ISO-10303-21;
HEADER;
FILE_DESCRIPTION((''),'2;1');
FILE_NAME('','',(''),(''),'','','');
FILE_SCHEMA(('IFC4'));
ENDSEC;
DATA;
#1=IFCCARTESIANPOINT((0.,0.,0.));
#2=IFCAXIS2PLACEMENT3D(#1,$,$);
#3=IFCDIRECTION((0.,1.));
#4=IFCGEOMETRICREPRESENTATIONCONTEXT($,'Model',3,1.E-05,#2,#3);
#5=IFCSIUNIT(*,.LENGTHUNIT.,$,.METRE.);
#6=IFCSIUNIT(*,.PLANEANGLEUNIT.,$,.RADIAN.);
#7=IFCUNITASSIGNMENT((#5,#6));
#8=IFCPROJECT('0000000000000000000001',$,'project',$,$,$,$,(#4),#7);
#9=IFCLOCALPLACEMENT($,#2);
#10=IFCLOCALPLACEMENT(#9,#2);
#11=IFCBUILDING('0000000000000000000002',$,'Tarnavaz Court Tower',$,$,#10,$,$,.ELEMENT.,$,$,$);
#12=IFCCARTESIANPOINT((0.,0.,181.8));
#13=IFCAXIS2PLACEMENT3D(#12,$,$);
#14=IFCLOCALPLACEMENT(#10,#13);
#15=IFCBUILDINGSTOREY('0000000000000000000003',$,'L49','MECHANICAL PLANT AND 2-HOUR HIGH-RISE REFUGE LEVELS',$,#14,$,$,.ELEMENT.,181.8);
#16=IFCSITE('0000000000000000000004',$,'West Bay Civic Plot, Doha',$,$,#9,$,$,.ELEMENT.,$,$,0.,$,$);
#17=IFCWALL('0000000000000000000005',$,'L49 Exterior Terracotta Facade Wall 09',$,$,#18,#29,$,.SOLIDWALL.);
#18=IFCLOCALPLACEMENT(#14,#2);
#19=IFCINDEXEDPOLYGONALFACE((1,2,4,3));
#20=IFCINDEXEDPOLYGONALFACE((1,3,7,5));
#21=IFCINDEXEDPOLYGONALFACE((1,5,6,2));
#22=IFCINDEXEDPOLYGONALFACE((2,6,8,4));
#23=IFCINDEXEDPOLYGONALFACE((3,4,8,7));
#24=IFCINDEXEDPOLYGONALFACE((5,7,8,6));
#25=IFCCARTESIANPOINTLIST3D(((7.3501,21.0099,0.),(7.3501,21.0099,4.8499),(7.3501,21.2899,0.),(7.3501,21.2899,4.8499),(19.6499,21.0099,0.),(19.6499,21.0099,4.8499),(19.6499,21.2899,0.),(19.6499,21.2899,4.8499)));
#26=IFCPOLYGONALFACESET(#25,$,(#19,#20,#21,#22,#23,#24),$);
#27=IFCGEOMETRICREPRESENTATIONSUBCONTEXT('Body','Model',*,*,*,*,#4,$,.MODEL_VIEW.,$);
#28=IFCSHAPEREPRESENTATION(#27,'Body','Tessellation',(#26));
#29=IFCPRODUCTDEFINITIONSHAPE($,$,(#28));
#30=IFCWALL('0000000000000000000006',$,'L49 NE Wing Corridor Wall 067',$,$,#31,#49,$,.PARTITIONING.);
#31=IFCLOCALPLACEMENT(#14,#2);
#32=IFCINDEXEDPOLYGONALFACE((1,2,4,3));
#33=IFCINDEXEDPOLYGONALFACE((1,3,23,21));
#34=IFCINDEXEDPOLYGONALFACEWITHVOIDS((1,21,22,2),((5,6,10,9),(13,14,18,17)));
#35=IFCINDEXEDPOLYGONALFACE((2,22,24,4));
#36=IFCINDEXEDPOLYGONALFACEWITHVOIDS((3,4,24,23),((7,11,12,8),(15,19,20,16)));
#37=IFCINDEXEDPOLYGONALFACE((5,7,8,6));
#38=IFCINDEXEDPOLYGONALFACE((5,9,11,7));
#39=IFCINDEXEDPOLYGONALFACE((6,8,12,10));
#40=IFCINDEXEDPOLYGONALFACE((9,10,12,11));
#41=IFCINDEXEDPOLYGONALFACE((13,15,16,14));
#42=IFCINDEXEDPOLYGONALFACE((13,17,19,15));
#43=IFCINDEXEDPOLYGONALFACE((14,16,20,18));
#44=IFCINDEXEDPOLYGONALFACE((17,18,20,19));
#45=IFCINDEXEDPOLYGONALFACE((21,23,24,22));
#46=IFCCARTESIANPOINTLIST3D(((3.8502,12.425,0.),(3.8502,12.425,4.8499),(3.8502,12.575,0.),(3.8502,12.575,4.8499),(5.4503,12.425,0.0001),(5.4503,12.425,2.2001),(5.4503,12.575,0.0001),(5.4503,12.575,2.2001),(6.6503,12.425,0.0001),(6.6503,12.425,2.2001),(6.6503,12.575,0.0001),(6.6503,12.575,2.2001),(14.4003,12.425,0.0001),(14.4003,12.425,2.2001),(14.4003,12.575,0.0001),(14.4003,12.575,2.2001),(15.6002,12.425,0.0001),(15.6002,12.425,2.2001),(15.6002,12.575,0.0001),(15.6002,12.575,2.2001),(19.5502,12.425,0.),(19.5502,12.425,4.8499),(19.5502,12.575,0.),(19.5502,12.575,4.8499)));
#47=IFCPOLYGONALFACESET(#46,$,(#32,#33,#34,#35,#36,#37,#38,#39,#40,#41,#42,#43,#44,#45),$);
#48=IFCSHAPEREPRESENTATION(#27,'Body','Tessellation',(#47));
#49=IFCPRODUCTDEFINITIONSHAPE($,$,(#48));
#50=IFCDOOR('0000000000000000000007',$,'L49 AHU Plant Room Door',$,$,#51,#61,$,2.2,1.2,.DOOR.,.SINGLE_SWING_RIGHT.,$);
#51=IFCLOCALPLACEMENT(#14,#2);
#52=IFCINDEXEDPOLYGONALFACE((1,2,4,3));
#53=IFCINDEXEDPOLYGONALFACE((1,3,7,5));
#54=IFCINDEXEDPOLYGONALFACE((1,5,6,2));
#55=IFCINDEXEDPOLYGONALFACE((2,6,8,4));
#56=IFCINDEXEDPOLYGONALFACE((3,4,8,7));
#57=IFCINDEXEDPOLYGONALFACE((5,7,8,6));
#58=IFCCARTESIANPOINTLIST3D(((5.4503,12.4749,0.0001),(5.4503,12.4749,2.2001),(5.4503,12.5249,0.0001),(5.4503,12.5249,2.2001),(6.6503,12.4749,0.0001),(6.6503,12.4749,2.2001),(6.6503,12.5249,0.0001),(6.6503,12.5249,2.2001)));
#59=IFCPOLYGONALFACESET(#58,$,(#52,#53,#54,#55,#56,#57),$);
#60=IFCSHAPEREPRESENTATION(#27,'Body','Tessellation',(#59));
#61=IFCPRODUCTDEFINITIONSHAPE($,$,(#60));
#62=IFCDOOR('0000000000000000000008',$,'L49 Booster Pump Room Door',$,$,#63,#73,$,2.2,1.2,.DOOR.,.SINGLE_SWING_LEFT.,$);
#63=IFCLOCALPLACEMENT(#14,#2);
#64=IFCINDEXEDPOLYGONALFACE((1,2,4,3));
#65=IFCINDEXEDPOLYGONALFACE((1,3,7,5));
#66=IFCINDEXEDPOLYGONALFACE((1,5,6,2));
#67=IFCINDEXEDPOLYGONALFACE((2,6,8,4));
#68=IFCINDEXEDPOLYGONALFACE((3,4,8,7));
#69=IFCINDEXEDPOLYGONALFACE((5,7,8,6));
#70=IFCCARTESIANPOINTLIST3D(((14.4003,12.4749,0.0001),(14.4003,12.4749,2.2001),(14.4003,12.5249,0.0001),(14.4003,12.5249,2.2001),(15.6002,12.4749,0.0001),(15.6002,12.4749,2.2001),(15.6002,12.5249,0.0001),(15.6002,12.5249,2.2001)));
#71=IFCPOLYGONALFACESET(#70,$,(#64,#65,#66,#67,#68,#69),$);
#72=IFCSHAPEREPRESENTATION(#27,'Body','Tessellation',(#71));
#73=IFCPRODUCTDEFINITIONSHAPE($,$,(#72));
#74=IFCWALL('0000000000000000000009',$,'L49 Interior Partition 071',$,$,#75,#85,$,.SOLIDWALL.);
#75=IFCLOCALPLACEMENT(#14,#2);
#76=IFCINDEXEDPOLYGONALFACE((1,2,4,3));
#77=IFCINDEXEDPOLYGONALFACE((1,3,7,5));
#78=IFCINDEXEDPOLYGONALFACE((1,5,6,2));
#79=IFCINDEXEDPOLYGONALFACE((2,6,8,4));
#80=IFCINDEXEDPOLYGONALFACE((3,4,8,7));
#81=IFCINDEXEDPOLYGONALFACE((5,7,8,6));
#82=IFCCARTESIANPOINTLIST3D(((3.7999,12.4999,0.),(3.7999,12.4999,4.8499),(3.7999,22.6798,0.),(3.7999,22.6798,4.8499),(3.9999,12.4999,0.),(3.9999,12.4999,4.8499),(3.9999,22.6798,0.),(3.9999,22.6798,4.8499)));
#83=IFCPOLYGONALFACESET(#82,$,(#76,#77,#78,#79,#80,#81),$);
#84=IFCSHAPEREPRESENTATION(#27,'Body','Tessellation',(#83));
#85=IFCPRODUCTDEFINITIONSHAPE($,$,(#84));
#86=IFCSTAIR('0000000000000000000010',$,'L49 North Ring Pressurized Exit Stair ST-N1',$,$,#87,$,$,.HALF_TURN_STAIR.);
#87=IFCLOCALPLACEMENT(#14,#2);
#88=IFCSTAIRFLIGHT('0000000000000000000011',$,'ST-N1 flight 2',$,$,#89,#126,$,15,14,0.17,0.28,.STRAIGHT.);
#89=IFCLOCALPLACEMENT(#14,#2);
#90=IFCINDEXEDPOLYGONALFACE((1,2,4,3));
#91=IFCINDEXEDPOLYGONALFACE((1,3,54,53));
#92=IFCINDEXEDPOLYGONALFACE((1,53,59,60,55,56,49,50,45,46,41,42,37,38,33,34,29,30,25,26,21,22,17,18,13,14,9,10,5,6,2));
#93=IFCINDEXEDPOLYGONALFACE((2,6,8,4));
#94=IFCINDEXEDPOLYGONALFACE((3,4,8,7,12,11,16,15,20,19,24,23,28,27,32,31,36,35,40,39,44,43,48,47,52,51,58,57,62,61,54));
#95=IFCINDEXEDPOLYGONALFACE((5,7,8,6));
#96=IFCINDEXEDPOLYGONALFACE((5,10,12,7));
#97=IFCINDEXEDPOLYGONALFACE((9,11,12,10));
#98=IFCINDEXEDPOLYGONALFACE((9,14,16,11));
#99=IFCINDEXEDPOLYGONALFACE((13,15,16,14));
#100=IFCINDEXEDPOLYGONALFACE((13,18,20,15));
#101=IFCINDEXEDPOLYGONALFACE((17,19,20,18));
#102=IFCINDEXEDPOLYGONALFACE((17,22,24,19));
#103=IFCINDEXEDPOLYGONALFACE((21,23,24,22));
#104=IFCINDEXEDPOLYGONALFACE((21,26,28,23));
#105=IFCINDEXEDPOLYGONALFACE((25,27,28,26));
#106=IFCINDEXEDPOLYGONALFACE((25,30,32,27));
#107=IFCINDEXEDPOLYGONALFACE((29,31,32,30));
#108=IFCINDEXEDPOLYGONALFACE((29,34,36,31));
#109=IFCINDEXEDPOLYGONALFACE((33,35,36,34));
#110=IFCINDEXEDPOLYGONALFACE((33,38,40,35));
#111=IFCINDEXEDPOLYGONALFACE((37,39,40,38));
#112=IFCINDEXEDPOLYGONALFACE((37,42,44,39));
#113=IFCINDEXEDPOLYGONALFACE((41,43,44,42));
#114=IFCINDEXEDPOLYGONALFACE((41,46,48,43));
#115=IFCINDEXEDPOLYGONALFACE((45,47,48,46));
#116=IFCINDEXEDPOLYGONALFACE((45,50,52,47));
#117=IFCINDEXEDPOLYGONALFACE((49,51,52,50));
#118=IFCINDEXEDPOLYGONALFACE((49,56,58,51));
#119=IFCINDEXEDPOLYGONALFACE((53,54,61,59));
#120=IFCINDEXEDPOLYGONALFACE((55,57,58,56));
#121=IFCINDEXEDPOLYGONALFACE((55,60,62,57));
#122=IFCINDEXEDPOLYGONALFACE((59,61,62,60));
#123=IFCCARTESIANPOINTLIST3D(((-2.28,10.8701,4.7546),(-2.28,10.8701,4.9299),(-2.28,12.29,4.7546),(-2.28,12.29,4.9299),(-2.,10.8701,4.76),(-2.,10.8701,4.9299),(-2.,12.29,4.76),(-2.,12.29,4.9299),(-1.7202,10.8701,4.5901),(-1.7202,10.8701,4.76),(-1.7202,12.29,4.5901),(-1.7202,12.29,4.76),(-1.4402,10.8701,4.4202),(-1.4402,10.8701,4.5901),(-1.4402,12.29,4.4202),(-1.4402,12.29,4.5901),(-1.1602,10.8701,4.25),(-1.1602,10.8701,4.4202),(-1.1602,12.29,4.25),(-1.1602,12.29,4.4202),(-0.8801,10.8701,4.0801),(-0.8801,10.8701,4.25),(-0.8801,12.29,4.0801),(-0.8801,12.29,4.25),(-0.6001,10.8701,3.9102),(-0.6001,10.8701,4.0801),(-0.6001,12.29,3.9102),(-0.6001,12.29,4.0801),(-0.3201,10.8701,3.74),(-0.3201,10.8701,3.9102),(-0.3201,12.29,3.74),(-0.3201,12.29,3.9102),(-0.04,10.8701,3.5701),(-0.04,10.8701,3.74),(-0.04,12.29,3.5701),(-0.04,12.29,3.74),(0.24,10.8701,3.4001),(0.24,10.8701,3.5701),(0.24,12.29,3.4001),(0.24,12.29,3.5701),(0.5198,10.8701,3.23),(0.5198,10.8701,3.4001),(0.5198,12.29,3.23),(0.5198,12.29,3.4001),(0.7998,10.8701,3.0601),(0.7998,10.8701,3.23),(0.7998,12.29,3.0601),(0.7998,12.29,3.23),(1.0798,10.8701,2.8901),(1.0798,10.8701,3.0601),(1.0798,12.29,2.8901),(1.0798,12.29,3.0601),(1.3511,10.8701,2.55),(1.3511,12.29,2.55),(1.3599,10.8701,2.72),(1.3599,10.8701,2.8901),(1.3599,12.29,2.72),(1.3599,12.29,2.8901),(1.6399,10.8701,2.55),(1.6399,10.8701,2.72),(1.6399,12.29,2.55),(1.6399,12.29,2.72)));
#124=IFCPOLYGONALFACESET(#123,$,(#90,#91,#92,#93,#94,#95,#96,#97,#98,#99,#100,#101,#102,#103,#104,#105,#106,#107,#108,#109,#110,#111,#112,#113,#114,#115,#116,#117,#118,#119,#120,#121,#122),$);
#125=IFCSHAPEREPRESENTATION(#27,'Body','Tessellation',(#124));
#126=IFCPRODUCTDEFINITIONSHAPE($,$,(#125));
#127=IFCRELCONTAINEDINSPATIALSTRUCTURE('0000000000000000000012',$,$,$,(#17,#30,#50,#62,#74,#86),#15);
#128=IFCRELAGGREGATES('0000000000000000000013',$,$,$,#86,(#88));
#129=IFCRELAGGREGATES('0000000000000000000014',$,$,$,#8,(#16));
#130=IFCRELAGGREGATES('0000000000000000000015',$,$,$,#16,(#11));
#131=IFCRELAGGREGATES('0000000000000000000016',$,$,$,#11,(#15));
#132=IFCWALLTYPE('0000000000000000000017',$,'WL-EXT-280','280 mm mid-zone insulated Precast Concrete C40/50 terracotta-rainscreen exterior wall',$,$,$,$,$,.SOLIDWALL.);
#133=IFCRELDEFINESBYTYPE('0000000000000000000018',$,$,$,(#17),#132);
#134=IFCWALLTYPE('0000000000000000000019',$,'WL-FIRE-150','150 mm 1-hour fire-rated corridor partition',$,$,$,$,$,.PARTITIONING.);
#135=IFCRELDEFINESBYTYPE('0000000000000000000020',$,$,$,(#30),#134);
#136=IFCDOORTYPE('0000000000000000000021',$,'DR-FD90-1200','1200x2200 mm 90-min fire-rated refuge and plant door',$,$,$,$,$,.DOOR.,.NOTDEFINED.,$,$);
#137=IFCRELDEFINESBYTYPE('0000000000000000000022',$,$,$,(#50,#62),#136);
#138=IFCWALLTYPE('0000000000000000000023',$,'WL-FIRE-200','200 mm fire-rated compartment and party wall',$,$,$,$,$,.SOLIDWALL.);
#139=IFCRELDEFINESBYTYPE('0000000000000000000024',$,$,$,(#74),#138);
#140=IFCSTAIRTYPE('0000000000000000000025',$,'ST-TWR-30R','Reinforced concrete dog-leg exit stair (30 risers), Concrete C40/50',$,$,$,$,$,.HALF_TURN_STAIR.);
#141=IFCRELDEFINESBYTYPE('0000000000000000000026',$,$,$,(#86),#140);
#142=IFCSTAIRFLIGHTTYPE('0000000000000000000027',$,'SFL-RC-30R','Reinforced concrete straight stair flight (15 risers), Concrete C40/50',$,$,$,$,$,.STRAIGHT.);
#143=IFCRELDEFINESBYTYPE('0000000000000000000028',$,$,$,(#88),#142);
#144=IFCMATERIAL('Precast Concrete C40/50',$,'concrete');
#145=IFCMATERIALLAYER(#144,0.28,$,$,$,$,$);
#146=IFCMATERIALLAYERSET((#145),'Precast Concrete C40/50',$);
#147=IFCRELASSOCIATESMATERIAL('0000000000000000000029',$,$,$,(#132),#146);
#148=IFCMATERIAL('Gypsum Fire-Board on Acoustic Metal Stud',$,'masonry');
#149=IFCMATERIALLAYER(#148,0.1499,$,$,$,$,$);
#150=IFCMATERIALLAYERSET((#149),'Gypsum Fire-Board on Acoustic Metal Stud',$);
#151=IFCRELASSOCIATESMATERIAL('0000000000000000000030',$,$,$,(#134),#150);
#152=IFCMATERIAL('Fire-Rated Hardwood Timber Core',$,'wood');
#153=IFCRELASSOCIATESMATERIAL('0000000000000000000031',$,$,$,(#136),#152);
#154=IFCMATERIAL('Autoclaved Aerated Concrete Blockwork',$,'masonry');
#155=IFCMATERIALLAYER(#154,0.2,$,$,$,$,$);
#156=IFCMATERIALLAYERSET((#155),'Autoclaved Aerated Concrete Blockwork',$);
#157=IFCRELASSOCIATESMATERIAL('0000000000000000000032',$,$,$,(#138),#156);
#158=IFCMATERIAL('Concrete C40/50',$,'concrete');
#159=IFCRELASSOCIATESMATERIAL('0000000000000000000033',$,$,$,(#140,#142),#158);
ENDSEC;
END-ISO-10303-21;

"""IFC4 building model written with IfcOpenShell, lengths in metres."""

from ifc_helpers import new_model, si_unit, direction, frame, frame_2d, origin, place, context, subcontext, project, spatial, polyline, rectangle, outline, extrude, material, layer, layer_set, type_object, element, fill, aggregate, save


model = new_model("IFC4")

# Units and contexts
model_context = context("Model", 3, precision=1e-05, world=origin(), true_north=direction((0.0, 1.0)))
body_context = subcontext(model_context, "Body", "Model", "MODEL_VIEW")
ifc_project = project(units=[si_unit("LENGTHUNIT", "METRE"), si_unit("PLANEANGLEUNIT", "RADIAN")], contexts=[model_context])

# Site, building, storey
site_placement = place(None, origin())
site = spatial("IfcSite", under=ifc_project, at=site_placement, Name="West Bay Civic Plot, Doha", CompositionType="ELEMENT", RefElevation=0.0)
building_placement = place(site_placement, origin())
building = spatial("IfcBuilding", under=site, at=building_placement, Name="Tarnavaz Court Tower", CompositionType="ELEMENT")
storey_placement = place(building_placement, frame((0.0, 0.0, 181.8)))
storey = spatial("IfcBuildingStorey", under=building, at=storey_placement, Name="L49", Description="MECHANICAL PLANT AND 2-HOUR HIGH-RISE REFUGE LEVELS", CompositionType="ELEMENT", Elevation=181.8)

# Wall
ifc_material_1 = material(Name="Precast Concrete C40/50", Category="concrete")
ifc_layer_1 = layer(ifc_material_1, 0.28)
ifc_layer_set_1 = layer_set([ifc_layer_1], Name="Precast Concrete C40/50")
wall_type_1 = type_object("IfcWallType", Name="WL-EXT-280", Description="280 mm mid-zone insulated Precast Concrete C40/50 terracotta-rainscreen exterior wall", PredefinedType="SOLIDWALL", material=ifc_layer_set_1)
wall_1_placement = place(storey_placement, frame((7.3501, 21.1499, 0.0), z_axis=(0.0, 0.0, 1.0), x_axis=(1.0, 0.0, 0.0)))
element("IfcWall", 1, at=wall_1_placement, inside=storey, type_object=wall_type_1, Name="L49 Exterior Terracotta Facade Wall 09", PredefinedType="SOLIDWALL", context=body_context, shape_type="SweptSolid", body=[
    extrude(rectangle(XDim=12.2998, YDim=0.28, at=frame_2d((6.1499, 0.0))), origin(), (0.0, 0.0, 1.0), 4.8499),
])

# Wall, openings, doors
ifc_material_2 = material(Name="Gypsum Fire-Board on Acoustic Metal Stud", Category="masonry")
ifc_layer_2 = layer(ifc_material_2, 0.1499)
ifc_layer_set_2 = layer_set([ifc_layer_2], Name="Gypsum Fire-Board on Acoustic Metal Stud")
wall_type_2 = type_object("IfcWallType", Name="WL-FIRE-150", Description="150 mm 1-hour fire-rated corridor partition", PredefinedType="PARTITIONING", material=ifc_layer_set_2)
wall_2_placement = place(storey_placement, frame((3.8501, 12.5, 0.0), z_axis=(0.0, 0.0, 1.0), x_axis=(1.0, 0.0, 0.0)))
wall_2 = element("IfcWall", 2, at=wall_2_placement, inside=storey, type_object=wall_type_2, Name="L49 NE Wing Corridor Wall 067", PredefinedType="PARTITIONING", context=body_context, shape_type="SweptSolid", body=[
    extrude(rectangle(XDim=15.7, YDim=0.1499, at=frame_2d((7.8501, 0.0))), origin(), (0.0, 0.0, 1.0), 4.8499),
])
opening_1_placement = place(wall_2_placement, frame((1.6001, 0.0, 0.0)))
opening_1 = element("IfcOpeningElement", 3, at=opening_1_placement, cuts=wall_2, PredefinedType="OPENING", context=body_context, shape_type="SweptSolid", body=[
    extrude(rectangle(XDim=1.2, YDim=2.2, at=frame_2d((0.6001, 1.1001))), frame((0.0, 0.085, 0.0), z_axis=(0.0, -1.0, 0.0), x_axis=(1.0, 0.0, 0.0)), (0.0, 0.0, 1.0), 0.1699),
])
opening_2_placement = place(wall_2_placement, frame((10.55, 0.0, 0.0)))
opening_2 = element("IfcOpeningElement", 4, at=opening_2_placement, cuts=wall_2, PredefinedType="OPENING", context=body_context, shape_type="SweptSolid", body=[
    extrude(rectangle(XDim=1.2, YDim=2.2, at=frame_2d((0.6001, 1.1001))), frame((0.0, 0.085, 0.0), z_axis=(0.0, -1.0, 0.0), x_axis=(1.0, 0.0, 0.0)), (0.0, 0.0, 1.0), 0.1699),
])
ifc_material_3 = material(Name="Fire-Rated Hardwood Timber Core", Category="wood")
door_type = type_object("IfcDoorType", Name="DR-FD90-1200", Description="1200x2200 mm 90-min fire-rated refuge and plant door", OperationType="NOTDEFINED", PredefinedType="DOOR", material=ifc_material_3)
door_1_placement = place(opening_1_placement, origin())
door_1 = element("IfcDoor", 5, at=door_1_placement, inside=storey, type_object=door_type, Name="L49 AHU Plant Room Door", OperationType="SINGLE_SWING_RIGHT", OverallHeight=2.2, OverallWidth=1.2, PredefinedType="DOOR", context=body_context, shape_type="SweptSolid", body=[
    extrude(rectangle(XDim=1.2, YDim=2.2, at=frame_2d((0.6001, 1.1001))), frame((0.0, 0.0249, 0.0), z_axis=(0.0, -1.0, 0.0), x_axis=(1.0, 0.0, 0.0)), (0.0, 0.0, 1.0), 0.05),
])
fill(opening_1, door_1)
door_2_placement = place(opening_2_placement, origin())
door_2 = element("IfcDoor", 6, at=door_2_placement, inside=storey, type_object=door_type, Name="L49 Booster Pump Room Door", OperationType="SINGLE_SWING_LEFT", OverallHeight=2.2, OverallWidth=1.2, PredefinedType="DOOR", context=body_context, shape_type="SweptSolid", body=[
    extrude(rectangle(XDim=1.2, YDim=2.2, at=frame_2d((0.6001, 1.1001))), frame((0.0, 0.0249, 0.0), z_axis=(0.0, -1.0, 0.0), x_axis=(1.0, 0.0, 0.0)), (0.0, 0.0, 1.0), 0.05),
])
fill(opening_2, door_2)

# Wall
ifc_material_4 = material(Name="Autoclaved Aerated Concrete Blockwork", Category="masonry")
ifc_layer_3 = layer(ifc_material_4, 0.2)
ifc_layer_set_3 = layer_set([ifc_layer_3], Name="Autoclaved Aerated Concrete Blockwork")
wall_type_3 = type_object("IfcWallType", Name="WL-FIRE-200", Description="200 mm fire-rated compartment and party wall", PredefinedType="SOLIDWALL", material=ifc_layer_set_3)
wall_3_placement = place(storey_placement, frame((3.8999, 12.5, 0.0), z_axis=(0.0, 0.0, 1.0), x_axis=(0.0, 1.0, 0.0)))
element("IfcWall", 7, at=wall_3_placement, inside=storey, type_object=wall_type_3, Name="L49 Interior Partition 071", PredefinedType="SOLIDWALL", context=body_context, shape_type="SweptSolid", body=[
    extrude(rectangle(XDim=10.1799, YDim=0.2, at=frame_2d((5.0898, 0.0))), origin(), (0.0, 0.0, 1.0), 4.8499),
])

# Stair, stair flight
ifc_material_5 = material(Name="Concrete C40/50", Category="concrete")
stair_type = type_object("IfcStairType", Name="ST-TWR-30R", Description="Reinforced concrete dog-leg exit stair (30 risers), Concrete C40/50", PredefinedType="HALF_TURN_STAIR", material=ifc_material_5)
stair_placement = place(storey_placement, origin())
stair = element("IfcStair", 8, at=stair_placement, inside=storey, type_object=stair_type, Name="L49 North Ring Pressurized Exit Stair ST-N1", PredefinedType="HALF_TURN_STAIR")
stair_flight_type = type_object("IfcStairFlightType", Name="SFL-RC-30R", Description="Reinforced concrete straight stair flight (15 risers), Concrete C40/50", PredefinedType="STRAIGHT", material=ifc_material_5)
stair_flight_placement = place(storey_placement, frame((1.6399, 11.5801, 2.55), z_axis=(0.0, 0.0, 1.0), x_axis=(-1.0, 0.0, 0.0)))
stair_flight = element("IfcStairFlight", 9, at=stair_flight_placement, type_object=stair_flight_type, Name="ST-N1 flight 2", NumberOfRisers=15, NumberOfTreads=14, PredefinedType="STRAIGHT", RiserHeight=0.17, TreadLength=0.28, context=body_context, shape_type="SweptSolid", body=[
    extrude(outline(polyline([(0.0, 0.0), (0.0, 0.1699), (0.28, 0.1699), (0.28, 0.3401), (0.5601, 0.3401), (0.5601, 0.51), (0.8401, 0.51), (0.8401, 0.6799), (1.1201, 0.6799), (1.1201, 0.8501), (1.3999, 0.8501), (1.3999, 1.02), (1.6799, 1.02), (1.6799, 1.1899), (1.96, 1.1899), (1.96, 1.3601), (2.24, 1.3601), (2.24, 1.53), (2.52, 1.53), (2.52, 1.7), (2.8, 1.7), (2.8, 1.8701), (3.0801, 1.8701), (3.0801, 2.04), (3.3601, 2.04), (3.3601, 2.21), (3.6399, 2.21), (3.6399, 2.3799), (3.9199, 2.3799), (3.9199, 2.55), (3.9199, 2.2046), (0.2888, 0.0), (0.0, 0.0)])), frame((0.0, 0.71, 0.0), z_axis=(0.0, -1.0, 0.0), x_axis=(1.0, 0.0, 0.0)), (0.0, 0.0, 1.0), 1.4199),
])
aggregate(stair, [stair_flight])

save(model, "model.ifc")
